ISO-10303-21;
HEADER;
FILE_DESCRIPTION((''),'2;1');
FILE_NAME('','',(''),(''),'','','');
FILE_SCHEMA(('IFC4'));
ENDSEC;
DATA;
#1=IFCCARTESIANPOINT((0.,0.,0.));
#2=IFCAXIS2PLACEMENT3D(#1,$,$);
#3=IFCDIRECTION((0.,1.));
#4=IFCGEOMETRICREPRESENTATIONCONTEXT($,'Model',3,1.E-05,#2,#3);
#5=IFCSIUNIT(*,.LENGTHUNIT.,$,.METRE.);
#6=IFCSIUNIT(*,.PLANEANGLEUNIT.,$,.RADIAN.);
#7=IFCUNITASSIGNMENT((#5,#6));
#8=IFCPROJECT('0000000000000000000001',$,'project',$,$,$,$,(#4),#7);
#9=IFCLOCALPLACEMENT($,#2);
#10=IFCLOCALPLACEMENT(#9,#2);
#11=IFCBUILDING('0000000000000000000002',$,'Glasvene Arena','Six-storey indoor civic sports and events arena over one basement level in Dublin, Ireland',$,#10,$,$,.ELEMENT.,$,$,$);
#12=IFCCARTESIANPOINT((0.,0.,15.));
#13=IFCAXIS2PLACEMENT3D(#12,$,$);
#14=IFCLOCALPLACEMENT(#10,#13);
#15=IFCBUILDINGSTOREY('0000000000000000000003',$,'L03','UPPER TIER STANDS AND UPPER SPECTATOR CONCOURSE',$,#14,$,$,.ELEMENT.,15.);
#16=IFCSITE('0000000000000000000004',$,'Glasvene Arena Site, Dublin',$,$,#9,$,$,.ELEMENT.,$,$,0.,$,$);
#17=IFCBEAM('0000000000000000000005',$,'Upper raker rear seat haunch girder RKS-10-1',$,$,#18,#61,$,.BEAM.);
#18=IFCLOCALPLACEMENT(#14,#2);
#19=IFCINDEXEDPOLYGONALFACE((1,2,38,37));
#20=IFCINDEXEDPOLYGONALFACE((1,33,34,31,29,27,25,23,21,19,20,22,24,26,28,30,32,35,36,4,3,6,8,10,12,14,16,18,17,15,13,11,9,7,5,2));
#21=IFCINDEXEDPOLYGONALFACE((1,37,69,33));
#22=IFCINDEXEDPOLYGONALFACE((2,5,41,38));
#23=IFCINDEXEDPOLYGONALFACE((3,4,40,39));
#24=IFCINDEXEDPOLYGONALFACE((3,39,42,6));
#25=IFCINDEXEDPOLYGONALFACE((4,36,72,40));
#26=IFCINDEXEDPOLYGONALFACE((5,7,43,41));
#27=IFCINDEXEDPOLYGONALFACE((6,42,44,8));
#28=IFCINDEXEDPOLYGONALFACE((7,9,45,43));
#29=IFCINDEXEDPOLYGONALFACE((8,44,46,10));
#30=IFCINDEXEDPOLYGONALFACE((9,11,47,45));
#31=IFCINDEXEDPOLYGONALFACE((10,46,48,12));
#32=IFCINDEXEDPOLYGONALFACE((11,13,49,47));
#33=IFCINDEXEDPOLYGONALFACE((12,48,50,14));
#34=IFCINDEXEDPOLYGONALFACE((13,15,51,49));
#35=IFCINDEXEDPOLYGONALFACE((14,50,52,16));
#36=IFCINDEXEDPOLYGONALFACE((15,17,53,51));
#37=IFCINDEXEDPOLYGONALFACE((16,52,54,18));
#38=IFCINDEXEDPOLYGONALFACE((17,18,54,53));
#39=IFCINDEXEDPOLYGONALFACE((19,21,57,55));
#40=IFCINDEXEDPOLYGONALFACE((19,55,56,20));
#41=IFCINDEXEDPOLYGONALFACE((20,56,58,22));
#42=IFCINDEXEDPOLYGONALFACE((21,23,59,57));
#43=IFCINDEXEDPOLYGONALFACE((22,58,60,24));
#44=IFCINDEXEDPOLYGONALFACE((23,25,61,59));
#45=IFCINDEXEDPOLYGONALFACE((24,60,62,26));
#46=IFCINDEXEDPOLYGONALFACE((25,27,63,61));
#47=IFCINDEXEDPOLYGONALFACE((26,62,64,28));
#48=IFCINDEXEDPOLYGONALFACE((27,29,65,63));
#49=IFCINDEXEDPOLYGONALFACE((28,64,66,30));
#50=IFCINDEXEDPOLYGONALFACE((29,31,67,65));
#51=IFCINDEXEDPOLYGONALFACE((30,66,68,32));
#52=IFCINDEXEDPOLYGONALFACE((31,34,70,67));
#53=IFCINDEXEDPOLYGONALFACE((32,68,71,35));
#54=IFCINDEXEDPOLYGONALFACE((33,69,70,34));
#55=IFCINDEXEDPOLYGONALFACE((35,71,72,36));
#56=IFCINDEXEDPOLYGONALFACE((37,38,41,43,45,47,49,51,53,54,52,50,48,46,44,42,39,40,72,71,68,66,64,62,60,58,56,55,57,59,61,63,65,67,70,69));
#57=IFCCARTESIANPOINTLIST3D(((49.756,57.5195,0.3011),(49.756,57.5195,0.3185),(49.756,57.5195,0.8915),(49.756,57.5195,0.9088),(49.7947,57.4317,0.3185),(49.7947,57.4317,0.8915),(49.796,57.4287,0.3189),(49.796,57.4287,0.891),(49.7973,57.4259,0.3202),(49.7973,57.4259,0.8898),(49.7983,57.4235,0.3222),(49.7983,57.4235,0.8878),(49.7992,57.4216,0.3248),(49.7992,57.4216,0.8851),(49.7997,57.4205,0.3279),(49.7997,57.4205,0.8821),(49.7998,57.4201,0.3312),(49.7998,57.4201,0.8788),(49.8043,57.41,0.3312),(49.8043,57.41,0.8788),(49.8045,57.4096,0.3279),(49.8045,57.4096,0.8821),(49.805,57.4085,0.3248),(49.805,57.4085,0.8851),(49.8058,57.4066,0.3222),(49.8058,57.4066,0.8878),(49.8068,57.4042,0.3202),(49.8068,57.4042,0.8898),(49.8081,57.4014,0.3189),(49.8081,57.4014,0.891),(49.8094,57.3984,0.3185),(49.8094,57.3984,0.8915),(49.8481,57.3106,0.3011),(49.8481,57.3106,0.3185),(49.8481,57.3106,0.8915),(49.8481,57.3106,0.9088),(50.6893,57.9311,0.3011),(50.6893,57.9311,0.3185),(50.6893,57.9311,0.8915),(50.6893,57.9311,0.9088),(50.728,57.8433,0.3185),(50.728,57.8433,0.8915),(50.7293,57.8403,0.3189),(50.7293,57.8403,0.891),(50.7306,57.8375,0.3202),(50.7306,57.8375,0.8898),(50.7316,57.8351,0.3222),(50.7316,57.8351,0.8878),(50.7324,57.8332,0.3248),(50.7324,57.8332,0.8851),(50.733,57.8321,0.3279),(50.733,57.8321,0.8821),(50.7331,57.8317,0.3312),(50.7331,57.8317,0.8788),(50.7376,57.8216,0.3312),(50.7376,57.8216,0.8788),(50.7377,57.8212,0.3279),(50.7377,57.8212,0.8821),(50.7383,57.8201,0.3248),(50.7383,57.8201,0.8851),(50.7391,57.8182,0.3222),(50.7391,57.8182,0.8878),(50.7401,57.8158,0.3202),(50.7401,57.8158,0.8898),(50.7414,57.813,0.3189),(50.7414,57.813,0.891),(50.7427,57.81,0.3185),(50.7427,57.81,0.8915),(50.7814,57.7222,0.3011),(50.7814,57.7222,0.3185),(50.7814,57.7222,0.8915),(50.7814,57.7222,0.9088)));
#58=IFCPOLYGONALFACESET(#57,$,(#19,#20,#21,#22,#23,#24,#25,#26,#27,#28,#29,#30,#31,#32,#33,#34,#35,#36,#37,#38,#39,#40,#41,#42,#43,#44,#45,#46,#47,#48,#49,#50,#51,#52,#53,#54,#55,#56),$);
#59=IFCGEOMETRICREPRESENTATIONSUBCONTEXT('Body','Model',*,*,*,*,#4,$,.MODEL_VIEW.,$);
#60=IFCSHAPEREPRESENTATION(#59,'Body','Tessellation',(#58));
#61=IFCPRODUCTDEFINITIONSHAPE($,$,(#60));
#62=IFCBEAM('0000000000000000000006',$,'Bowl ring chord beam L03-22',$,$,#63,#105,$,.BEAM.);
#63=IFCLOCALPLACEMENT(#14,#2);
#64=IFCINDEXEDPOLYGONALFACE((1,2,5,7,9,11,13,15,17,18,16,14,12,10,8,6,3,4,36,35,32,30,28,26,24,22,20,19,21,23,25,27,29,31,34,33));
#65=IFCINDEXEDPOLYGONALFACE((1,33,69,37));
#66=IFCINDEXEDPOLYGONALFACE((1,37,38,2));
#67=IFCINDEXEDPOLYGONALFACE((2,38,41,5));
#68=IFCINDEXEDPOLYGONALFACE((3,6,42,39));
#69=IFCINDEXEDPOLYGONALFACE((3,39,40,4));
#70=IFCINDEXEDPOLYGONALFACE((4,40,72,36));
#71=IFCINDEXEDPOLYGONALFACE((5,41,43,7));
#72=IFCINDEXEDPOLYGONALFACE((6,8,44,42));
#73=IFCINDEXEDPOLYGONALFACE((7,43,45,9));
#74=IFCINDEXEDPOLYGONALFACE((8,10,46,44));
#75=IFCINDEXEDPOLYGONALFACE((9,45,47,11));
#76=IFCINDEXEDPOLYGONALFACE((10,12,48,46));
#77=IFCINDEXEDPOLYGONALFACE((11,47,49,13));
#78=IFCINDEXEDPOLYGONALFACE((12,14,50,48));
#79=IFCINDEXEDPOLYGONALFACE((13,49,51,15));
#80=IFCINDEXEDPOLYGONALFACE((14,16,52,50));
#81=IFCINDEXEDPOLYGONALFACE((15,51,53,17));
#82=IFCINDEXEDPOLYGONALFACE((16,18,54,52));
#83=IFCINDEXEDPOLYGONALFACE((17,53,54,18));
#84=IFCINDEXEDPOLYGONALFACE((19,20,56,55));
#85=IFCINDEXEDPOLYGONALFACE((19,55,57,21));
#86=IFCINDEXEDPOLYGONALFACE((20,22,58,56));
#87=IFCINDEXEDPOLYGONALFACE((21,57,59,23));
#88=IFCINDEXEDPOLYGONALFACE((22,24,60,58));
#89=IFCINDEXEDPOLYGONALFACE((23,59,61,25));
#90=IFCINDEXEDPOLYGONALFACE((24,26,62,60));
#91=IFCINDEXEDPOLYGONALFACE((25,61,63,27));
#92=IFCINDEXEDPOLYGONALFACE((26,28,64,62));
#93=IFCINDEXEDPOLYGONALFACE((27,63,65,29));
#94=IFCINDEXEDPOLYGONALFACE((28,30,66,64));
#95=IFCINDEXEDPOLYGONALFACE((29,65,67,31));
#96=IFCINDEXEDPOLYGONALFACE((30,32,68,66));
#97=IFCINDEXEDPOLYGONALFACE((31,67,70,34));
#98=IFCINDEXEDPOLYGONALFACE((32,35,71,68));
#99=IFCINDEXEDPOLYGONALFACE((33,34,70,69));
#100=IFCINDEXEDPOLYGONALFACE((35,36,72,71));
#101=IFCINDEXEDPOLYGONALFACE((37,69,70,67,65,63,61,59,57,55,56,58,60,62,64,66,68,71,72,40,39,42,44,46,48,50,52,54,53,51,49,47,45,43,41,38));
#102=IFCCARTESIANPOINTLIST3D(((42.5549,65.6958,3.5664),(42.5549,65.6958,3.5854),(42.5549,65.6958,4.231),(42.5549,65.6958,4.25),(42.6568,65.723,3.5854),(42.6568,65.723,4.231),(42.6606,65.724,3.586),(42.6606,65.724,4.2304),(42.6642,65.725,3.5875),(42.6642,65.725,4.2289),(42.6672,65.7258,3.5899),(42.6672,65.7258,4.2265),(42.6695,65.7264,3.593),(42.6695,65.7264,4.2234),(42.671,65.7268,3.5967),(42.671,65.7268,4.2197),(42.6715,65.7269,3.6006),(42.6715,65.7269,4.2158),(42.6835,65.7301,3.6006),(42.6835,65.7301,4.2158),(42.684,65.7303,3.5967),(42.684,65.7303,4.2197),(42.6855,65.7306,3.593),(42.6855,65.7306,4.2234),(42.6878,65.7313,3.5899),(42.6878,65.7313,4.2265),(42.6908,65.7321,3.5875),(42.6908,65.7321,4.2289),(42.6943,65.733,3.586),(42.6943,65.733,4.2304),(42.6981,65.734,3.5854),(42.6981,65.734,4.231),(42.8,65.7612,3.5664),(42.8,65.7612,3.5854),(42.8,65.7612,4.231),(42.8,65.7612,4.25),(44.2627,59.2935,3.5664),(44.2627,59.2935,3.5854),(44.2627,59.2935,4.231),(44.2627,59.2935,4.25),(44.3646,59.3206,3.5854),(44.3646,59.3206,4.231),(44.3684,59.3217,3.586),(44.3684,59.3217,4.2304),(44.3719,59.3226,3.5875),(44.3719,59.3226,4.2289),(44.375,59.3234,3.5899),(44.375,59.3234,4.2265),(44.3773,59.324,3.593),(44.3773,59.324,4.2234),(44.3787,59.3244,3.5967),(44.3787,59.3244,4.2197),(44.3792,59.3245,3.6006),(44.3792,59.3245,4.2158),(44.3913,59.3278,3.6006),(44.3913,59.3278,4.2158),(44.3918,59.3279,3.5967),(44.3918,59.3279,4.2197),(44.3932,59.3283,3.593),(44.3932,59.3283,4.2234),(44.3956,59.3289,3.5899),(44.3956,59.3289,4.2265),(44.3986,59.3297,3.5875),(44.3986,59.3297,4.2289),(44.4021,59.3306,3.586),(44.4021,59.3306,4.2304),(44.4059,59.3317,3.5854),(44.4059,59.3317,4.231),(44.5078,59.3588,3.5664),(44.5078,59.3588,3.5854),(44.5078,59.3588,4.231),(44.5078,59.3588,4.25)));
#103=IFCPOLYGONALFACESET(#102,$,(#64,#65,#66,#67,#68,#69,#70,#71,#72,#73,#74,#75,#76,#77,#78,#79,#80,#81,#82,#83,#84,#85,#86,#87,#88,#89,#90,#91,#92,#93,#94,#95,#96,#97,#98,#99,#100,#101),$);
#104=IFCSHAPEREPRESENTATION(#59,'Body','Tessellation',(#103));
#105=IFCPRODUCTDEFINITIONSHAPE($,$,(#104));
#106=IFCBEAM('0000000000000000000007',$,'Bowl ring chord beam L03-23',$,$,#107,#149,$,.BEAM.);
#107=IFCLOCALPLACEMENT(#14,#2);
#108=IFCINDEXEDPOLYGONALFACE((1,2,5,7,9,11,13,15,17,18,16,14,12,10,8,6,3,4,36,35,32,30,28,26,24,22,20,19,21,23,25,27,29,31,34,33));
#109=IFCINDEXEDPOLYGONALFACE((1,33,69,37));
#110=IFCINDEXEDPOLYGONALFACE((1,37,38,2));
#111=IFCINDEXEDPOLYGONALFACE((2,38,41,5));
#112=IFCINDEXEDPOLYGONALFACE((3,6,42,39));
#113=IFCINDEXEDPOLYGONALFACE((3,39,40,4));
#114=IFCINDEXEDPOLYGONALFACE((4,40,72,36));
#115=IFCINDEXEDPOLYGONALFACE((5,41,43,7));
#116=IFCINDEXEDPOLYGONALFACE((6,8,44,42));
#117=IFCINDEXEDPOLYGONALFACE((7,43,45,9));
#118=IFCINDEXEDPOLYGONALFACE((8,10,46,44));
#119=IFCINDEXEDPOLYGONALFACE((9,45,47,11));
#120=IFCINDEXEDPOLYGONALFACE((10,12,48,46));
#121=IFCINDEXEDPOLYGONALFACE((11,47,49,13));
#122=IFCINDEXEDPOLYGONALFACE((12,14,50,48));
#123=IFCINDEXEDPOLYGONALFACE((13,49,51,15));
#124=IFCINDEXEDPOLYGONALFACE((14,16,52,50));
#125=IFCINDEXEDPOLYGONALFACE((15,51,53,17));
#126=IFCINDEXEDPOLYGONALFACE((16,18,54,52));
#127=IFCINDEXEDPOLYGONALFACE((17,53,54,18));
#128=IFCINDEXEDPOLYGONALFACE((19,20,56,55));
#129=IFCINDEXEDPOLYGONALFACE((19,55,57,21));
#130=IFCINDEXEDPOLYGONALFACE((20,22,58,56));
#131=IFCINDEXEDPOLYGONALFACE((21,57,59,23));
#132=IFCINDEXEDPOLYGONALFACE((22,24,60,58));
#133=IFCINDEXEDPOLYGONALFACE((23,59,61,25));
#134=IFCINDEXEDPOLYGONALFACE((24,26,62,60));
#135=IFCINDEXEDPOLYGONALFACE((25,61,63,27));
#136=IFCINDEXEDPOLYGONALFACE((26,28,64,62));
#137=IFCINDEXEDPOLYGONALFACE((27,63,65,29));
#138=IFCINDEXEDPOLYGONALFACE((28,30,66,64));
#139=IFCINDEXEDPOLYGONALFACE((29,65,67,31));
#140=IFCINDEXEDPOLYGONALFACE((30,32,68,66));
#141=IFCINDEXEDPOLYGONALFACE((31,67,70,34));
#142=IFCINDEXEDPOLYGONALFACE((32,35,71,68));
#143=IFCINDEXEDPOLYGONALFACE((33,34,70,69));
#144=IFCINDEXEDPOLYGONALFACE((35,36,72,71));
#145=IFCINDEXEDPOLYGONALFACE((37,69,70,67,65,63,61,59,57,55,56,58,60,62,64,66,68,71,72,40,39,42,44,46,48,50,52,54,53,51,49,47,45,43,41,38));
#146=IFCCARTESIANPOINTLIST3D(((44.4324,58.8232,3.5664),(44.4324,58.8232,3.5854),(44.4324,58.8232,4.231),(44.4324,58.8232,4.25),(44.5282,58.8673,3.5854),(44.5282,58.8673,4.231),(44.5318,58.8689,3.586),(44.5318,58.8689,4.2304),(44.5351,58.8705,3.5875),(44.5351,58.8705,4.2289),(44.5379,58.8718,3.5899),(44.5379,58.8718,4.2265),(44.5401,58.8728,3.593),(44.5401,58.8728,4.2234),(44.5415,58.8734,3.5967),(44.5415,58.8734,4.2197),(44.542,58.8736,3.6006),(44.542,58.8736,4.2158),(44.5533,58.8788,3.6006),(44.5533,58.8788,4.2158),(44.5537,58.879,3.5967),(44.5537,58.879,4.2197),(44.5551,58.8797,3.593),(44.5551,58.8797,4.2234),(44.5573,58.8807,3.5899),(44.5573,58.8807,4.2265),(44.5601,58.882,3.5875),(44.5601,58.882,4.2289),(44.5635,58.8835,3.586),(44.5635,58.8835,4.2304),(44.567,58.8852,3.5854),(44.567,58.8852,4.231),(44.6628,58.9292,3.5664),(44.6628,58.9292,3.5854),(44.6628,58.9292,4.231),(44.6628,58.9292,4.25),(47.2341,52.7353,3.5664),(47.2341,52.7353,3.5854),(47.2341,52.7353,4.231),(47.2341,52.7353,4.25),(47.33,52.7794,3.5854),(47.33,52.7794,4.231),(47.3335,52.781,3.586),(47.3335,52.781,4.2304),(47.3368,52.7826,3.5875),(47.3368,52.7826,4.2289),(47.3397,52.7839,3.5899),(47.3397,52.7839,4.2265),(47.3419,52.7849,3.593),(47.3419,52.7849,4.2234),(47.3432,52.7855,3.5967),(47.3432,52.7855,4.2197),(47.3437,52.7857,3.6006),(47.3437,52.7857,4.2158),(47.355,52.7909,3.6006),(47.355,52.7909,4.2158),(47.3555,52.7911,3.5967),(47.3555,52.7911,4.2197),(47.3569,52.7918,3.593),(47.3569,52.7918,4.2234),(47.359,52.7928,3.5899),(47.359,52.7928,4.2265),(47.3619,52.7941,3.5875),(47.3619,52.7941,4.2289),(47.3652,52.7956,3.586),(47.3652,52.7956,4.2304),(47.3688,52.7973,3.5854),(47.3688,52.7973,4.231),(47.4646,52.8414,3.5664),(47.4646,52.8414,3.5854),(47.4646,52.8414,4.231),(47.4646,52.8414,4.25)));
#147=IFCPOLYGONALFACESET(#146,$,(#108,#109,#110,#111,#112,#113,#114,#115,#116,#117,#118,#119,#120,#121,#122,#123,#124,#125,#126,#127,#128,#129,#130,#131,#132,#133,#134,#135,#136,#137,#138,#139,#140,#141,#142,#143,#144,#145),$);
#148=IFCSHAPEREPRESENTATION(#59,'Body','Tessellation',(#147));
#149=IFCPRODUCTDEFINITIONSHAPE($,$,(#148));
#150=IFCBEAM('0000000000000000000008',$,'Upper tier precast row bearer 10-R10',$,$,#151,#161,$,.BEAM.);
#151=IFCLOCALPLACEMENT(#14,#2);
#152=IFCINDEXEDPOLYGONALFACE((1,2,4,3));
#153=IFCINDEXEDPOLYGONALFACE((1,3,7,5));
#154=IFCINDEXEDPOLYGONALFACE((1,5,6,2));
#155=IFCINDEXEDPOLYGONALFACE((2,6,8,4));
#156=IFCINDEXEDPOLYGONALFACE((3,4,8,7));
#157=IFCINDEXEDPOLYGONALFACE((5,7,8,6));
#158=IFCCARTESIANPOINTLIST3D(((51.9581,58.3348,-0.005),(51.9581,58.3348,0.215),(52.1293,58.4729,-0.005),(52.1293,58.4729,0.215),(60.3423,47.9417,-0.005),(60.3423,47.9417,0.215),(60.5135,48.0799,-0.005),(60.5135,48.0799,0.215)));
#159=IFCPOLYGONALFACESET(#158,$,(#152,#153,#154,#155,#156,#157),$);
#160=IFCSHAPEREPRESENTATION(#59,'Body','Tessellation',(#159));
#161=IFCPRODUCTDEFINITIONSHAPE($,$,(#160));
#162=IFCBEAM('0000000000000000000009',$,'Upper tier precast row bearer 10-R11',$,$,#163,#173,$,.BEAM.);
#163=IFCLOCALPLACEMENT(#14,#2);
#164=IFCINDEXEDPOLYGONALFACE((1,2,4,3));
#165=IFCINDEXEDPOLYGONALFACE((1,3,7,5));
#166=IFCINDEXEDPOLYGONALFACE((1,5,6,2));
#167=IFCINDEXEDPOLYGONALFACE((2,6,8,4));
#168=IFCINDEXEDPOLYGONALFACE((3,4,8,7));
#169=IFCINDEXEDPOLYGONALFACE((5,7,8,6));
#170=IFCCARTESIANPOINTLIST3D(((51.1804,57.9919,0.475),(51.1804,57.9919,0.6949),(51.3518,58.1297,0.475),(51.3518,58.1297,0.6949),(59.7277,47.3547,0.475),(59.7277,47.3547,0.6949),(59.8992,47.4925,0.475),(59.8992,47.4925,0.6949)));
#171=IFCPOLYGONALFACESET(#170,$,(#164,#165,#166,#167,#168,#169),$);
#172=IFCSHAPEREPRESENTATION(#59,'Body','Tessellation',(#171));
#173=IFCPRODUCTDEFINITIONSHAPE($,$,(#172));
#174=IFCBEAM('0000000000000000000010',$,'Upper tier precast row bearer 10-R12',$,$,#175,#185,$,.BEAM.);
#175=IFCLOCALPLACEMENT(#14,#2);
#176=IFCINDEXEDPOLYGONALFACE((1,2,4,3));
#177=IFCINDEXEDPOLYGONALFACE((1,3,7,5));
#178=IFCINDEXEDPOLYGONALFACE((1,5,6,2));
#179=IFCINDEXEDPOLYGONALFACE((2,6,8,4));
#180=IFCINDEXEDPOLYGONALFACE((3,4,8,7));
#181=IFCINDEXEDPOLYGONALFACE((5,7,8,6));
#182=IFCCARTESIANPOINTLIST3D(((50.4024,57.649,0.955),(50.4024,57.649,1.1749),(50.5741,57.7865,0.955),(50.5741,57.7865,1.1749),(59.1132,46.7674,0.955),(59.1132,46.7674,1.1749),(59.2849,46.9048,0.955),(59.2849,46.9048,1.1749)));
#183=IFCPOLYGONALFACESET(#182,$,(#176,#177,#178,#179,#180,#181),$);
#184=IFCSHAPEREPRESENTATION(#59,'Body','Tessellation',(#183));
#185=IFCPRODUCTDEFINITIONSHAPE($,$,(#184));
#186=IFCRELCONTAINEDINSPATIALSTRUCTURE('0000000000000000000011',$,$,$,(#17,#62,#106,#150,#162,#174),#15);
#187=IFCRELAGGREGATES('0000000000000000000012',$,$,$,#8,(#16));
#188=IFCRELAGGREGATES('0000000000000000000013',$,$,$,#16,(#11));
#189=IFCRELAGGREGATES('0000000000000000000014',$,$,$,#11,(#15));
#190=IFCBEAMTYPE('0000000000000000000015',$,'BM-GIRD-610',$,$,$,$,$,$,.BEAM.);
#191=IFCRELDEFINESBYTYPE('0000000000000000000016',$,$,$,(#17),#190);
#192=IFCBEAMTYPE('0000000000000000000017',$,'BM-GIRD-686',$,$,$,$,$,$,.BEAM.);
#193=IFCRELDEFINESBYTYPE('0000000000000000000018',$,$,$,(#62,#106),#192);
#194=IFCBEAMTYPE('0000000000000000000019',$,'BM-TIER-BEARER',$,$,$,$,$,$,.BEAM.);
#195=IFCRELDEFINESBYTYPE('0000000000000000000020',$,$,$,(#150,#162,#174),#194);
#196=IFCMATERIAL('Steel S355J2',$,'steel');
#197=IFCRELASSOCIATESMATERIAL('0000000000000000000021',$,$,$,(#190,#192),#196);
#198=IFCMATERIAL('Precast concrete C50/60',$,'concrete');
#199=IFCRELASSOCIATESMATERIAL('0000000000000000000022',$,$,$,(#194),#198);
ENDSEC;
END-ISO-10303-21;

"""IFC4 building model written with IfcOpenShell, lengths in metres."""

from ifc_helpers import new_model, si_unit, direction, frame, origin, origin_2d, place, context, subcontext, project, spatial, rectangle, i_section, extrude, material, material_profile, profile_set, type_object, element, save


model = new_model("IFC4")

# Units and contexts
model_context = context("Model", 3, precision=1e-05, world=origin(), true_north=direction((0.0, 1.0)))
body_context = subcontext(model_context, "Body", "Model", "MODEL_VIEW")
ifc_project = project(units=[si_unit("LENGTHUNIT", "METRE"), si_unit("PLANEANGLEUNIT", "RADIAN")], contexts=[model_context])

# Site, building, storey
site_placement = place(None, origin())
site = spatial("IfcSite", under=ifc_project, at=site_placement, Name="Glasvene Arena Site, Dublin", CompositionType="ELEMENT", RefElevation=0.0)
building_placement = place(site_placement, origin())
building = spatial("IfcBuilding", under=site, at=building_placement, Name="Glasvene Arena", Description="Six-storey indoor civic sports and events arena over one basement level in Dublin, Ireland", CompositionType="ELEMENT")
storey_placement = place(building_placement, frame((0.0, 0.0, 15.0)))
storey = spatial("IfcBuildingStorey", under=building, at=storey_placement, Name="L03", Description="UPPER TIER STANDS AND UPPER SPECTATOR CONCOURSE", CompositionType="ELEMENT", Elevation=15.0)

# Shared definitions
ifc_material_1 = material(Name="Steel S355J2", Category="steel")

# Beams
ifc_material_profile_1 = material_profile(ifc_material_1, i_section(OverallWidth=0.2283, OverallDepth=0.6077, WebThickness=0.011, FlangeThickness=0.0173, FilletRadius=0.0127, at=origin_2d()), Name="UKB 610x229x113")
ifc_profile_set_1 = profile_set([ifc_material_profile_1], Name="Steel S355J2")
beam_type_1 = type_object("IfcBeamType", Name="BM-GIRD-610", PredefinedType="BEAM", material=ifc_profile_set_1)
for number, where, z_axis, x_axis, name in (
    (1, (50.7354, 57.8267, 0.605), (-0.914972, -0.403516, 0.0), (0.403516, -0.914972, 0.0), "Upper raker rear seat haunch girder RKS-10-1"),
):
    element("IfcBeam", number, at=place(storey_placement, frame(where, z_axis=z_axis, x_axis=x_axis)), inside=storey, type_object=beam_type_1, Name=name, PredefinedType="BEAM", context=body_context, shape_type="SweptSolid", body=[
        extrude(i_section(OverallWidth=0.2283, OverallDepth=0.6077, WebThickness=0.011, FlangeThickness=0.0173, FilletRadius=0.0127, at=origin_2d()), origin(), (0.0, 0.0, 1.0), 1.02),
    ])
ifc_material_profile_2 = material_profile(ifc_material_1, i_section(OverallWidth=0.2537, OverallDepth=0.6836, WebThickness=0.0125, FlangeThickness=0.019, FilletRadius=0.0151, at=origin_2d()), Name="UKB 686x254x140")
ifc_profile_set_2 = profile_set([ifc_material_profile_2], Name="Steel S355J2")
beam_type_2 = type_object("IfcBeamType", Name="BM-GIRD-686", PredefinedType="BEAM", material=ifc_profile_set_2)
beam_1_placement = place(storey_placement, frame((42.6775, 65.7285, 3.9082), z_axis=(0.257729, -0.966217, 0.0), x_axis=(0.966217, 0.257729, 0.0)))
element("IfcBeam", 2, at=beam_1_placement, inside=storey, type_object=beam_type_2, Name="Bowl ring chord beam L03-22", PredefinedType="BEAM", context=body_context, shape_type="SweptSolid", body=[
    extrude(i_section(OverallWidth=0.2537, OverallDepth=0.6836, WebThickness=0.0125, FlangeThickness=0.019, FilletRadius=0.0151, at=origin_2d()), origin(), (0.0, 0.0, 1.0), 6.6262),
])
beam_2_placement = place(storey_placement, frame((44.5476, 58.8762, 3.9082), z_axis=(0.418069, -0.908415, 0.0), x_axis=(0.908415, 0.418069, 0.0)))
element("IfcBeam", 3, at=beam_2_placement, inside=storey, type_object=beam_type_2, Name="Bowl ring chord beam L03-23", PredefinedType="BEAM", context=body_context, shape_type="SweptSolid", body=[
    extrude(i_section(OverallWidth=0.2537, OverallDepth=0.6836, WebThickness=0.0125, FlangeThickness=0.019, FilletRadius=0.0151, at=origin_2d()), origin(), (0.0, 0.0, 1.0), 6.7017),
])
ifc_material_2 = material(Name="Precast concrete C50/60", Category="concrete")
ifc_material_profile_3 = material_profile(ifc_material_2, rectangle(XDim=0.22, YDim=0.22, at=origin_2d()), Name="RC 220x220")
ifc_profile_set_3 = profile_set([ifc_material_profile_3], Name="Precast concrete C50/60")
beam_type_3 = type_object("IfcBeamType", Name="BM-TIER-BEARER", PredefinedType="BEAM", material=ifc_profile_set_3)
beam_3_placement = place(storey_placement, frame((52.0437, 58.4038, 0.105), z_axis=(0.627878, -0.778312, 0.0), x_axis=(0.778312, 0.627878, 0.0)))
element("IfcBeam", 4, at=beam_3_placement, inside=storey, type_object=beam_type_3, Name="Upper tier precast row bearer 10-R10", PredefinedType="BEAM", context=body_context, shape_type="SweptSolid", body=[
    extrude(rectangle(XDim=0.22, YDim=0.22, at=origin_2d()), origin(), (0.0, 0.0, 1.0), 13.3533),
])
beam_4_placement = place(storey_placement, frame((51.2661, 58.0608, 0.585), z_axis=(0.626374, -0.779523, 0.0), x_axis=(0.779523, 0.626374, 0.0)))
element("IfcBeam", 5, at=beam_4_placement, inside=storey, type_object=beam_type_3, Name="Upper tier precast row bearer 10-R11", PredefinedType="BEAM", context=body_context, shape_type="SweptSolid", body=[
    extrude(rectangle(XDim=0.22, YDim=0.22, at=origin_2d()), origin(), (0.0, 0.0, 1.0), 13.6458),
])
beam_5_placement = place(storey_placement, frame((50.4883, 57.7178, 1.0649), z_axis=(0.624932, -0.780679, 0.0), x_axis=(0.780679, 0.624932, 0.0)))
element("IfcBeam", 6, at=beam_5_placement, inside=storey, type_object=beam_type_3, Name="Upper tier precast row bearer 10-R12", PredefinedType="BEAM", context=body_context, shape_type="SweptSolid", body=[
    extrude(rectangle(XDim=0.22, YDim=0.22, at=origin_2d()), origin(), (0.0, 0.0, 1.0), 13.9387),
])

save(model, "model.ifc")
